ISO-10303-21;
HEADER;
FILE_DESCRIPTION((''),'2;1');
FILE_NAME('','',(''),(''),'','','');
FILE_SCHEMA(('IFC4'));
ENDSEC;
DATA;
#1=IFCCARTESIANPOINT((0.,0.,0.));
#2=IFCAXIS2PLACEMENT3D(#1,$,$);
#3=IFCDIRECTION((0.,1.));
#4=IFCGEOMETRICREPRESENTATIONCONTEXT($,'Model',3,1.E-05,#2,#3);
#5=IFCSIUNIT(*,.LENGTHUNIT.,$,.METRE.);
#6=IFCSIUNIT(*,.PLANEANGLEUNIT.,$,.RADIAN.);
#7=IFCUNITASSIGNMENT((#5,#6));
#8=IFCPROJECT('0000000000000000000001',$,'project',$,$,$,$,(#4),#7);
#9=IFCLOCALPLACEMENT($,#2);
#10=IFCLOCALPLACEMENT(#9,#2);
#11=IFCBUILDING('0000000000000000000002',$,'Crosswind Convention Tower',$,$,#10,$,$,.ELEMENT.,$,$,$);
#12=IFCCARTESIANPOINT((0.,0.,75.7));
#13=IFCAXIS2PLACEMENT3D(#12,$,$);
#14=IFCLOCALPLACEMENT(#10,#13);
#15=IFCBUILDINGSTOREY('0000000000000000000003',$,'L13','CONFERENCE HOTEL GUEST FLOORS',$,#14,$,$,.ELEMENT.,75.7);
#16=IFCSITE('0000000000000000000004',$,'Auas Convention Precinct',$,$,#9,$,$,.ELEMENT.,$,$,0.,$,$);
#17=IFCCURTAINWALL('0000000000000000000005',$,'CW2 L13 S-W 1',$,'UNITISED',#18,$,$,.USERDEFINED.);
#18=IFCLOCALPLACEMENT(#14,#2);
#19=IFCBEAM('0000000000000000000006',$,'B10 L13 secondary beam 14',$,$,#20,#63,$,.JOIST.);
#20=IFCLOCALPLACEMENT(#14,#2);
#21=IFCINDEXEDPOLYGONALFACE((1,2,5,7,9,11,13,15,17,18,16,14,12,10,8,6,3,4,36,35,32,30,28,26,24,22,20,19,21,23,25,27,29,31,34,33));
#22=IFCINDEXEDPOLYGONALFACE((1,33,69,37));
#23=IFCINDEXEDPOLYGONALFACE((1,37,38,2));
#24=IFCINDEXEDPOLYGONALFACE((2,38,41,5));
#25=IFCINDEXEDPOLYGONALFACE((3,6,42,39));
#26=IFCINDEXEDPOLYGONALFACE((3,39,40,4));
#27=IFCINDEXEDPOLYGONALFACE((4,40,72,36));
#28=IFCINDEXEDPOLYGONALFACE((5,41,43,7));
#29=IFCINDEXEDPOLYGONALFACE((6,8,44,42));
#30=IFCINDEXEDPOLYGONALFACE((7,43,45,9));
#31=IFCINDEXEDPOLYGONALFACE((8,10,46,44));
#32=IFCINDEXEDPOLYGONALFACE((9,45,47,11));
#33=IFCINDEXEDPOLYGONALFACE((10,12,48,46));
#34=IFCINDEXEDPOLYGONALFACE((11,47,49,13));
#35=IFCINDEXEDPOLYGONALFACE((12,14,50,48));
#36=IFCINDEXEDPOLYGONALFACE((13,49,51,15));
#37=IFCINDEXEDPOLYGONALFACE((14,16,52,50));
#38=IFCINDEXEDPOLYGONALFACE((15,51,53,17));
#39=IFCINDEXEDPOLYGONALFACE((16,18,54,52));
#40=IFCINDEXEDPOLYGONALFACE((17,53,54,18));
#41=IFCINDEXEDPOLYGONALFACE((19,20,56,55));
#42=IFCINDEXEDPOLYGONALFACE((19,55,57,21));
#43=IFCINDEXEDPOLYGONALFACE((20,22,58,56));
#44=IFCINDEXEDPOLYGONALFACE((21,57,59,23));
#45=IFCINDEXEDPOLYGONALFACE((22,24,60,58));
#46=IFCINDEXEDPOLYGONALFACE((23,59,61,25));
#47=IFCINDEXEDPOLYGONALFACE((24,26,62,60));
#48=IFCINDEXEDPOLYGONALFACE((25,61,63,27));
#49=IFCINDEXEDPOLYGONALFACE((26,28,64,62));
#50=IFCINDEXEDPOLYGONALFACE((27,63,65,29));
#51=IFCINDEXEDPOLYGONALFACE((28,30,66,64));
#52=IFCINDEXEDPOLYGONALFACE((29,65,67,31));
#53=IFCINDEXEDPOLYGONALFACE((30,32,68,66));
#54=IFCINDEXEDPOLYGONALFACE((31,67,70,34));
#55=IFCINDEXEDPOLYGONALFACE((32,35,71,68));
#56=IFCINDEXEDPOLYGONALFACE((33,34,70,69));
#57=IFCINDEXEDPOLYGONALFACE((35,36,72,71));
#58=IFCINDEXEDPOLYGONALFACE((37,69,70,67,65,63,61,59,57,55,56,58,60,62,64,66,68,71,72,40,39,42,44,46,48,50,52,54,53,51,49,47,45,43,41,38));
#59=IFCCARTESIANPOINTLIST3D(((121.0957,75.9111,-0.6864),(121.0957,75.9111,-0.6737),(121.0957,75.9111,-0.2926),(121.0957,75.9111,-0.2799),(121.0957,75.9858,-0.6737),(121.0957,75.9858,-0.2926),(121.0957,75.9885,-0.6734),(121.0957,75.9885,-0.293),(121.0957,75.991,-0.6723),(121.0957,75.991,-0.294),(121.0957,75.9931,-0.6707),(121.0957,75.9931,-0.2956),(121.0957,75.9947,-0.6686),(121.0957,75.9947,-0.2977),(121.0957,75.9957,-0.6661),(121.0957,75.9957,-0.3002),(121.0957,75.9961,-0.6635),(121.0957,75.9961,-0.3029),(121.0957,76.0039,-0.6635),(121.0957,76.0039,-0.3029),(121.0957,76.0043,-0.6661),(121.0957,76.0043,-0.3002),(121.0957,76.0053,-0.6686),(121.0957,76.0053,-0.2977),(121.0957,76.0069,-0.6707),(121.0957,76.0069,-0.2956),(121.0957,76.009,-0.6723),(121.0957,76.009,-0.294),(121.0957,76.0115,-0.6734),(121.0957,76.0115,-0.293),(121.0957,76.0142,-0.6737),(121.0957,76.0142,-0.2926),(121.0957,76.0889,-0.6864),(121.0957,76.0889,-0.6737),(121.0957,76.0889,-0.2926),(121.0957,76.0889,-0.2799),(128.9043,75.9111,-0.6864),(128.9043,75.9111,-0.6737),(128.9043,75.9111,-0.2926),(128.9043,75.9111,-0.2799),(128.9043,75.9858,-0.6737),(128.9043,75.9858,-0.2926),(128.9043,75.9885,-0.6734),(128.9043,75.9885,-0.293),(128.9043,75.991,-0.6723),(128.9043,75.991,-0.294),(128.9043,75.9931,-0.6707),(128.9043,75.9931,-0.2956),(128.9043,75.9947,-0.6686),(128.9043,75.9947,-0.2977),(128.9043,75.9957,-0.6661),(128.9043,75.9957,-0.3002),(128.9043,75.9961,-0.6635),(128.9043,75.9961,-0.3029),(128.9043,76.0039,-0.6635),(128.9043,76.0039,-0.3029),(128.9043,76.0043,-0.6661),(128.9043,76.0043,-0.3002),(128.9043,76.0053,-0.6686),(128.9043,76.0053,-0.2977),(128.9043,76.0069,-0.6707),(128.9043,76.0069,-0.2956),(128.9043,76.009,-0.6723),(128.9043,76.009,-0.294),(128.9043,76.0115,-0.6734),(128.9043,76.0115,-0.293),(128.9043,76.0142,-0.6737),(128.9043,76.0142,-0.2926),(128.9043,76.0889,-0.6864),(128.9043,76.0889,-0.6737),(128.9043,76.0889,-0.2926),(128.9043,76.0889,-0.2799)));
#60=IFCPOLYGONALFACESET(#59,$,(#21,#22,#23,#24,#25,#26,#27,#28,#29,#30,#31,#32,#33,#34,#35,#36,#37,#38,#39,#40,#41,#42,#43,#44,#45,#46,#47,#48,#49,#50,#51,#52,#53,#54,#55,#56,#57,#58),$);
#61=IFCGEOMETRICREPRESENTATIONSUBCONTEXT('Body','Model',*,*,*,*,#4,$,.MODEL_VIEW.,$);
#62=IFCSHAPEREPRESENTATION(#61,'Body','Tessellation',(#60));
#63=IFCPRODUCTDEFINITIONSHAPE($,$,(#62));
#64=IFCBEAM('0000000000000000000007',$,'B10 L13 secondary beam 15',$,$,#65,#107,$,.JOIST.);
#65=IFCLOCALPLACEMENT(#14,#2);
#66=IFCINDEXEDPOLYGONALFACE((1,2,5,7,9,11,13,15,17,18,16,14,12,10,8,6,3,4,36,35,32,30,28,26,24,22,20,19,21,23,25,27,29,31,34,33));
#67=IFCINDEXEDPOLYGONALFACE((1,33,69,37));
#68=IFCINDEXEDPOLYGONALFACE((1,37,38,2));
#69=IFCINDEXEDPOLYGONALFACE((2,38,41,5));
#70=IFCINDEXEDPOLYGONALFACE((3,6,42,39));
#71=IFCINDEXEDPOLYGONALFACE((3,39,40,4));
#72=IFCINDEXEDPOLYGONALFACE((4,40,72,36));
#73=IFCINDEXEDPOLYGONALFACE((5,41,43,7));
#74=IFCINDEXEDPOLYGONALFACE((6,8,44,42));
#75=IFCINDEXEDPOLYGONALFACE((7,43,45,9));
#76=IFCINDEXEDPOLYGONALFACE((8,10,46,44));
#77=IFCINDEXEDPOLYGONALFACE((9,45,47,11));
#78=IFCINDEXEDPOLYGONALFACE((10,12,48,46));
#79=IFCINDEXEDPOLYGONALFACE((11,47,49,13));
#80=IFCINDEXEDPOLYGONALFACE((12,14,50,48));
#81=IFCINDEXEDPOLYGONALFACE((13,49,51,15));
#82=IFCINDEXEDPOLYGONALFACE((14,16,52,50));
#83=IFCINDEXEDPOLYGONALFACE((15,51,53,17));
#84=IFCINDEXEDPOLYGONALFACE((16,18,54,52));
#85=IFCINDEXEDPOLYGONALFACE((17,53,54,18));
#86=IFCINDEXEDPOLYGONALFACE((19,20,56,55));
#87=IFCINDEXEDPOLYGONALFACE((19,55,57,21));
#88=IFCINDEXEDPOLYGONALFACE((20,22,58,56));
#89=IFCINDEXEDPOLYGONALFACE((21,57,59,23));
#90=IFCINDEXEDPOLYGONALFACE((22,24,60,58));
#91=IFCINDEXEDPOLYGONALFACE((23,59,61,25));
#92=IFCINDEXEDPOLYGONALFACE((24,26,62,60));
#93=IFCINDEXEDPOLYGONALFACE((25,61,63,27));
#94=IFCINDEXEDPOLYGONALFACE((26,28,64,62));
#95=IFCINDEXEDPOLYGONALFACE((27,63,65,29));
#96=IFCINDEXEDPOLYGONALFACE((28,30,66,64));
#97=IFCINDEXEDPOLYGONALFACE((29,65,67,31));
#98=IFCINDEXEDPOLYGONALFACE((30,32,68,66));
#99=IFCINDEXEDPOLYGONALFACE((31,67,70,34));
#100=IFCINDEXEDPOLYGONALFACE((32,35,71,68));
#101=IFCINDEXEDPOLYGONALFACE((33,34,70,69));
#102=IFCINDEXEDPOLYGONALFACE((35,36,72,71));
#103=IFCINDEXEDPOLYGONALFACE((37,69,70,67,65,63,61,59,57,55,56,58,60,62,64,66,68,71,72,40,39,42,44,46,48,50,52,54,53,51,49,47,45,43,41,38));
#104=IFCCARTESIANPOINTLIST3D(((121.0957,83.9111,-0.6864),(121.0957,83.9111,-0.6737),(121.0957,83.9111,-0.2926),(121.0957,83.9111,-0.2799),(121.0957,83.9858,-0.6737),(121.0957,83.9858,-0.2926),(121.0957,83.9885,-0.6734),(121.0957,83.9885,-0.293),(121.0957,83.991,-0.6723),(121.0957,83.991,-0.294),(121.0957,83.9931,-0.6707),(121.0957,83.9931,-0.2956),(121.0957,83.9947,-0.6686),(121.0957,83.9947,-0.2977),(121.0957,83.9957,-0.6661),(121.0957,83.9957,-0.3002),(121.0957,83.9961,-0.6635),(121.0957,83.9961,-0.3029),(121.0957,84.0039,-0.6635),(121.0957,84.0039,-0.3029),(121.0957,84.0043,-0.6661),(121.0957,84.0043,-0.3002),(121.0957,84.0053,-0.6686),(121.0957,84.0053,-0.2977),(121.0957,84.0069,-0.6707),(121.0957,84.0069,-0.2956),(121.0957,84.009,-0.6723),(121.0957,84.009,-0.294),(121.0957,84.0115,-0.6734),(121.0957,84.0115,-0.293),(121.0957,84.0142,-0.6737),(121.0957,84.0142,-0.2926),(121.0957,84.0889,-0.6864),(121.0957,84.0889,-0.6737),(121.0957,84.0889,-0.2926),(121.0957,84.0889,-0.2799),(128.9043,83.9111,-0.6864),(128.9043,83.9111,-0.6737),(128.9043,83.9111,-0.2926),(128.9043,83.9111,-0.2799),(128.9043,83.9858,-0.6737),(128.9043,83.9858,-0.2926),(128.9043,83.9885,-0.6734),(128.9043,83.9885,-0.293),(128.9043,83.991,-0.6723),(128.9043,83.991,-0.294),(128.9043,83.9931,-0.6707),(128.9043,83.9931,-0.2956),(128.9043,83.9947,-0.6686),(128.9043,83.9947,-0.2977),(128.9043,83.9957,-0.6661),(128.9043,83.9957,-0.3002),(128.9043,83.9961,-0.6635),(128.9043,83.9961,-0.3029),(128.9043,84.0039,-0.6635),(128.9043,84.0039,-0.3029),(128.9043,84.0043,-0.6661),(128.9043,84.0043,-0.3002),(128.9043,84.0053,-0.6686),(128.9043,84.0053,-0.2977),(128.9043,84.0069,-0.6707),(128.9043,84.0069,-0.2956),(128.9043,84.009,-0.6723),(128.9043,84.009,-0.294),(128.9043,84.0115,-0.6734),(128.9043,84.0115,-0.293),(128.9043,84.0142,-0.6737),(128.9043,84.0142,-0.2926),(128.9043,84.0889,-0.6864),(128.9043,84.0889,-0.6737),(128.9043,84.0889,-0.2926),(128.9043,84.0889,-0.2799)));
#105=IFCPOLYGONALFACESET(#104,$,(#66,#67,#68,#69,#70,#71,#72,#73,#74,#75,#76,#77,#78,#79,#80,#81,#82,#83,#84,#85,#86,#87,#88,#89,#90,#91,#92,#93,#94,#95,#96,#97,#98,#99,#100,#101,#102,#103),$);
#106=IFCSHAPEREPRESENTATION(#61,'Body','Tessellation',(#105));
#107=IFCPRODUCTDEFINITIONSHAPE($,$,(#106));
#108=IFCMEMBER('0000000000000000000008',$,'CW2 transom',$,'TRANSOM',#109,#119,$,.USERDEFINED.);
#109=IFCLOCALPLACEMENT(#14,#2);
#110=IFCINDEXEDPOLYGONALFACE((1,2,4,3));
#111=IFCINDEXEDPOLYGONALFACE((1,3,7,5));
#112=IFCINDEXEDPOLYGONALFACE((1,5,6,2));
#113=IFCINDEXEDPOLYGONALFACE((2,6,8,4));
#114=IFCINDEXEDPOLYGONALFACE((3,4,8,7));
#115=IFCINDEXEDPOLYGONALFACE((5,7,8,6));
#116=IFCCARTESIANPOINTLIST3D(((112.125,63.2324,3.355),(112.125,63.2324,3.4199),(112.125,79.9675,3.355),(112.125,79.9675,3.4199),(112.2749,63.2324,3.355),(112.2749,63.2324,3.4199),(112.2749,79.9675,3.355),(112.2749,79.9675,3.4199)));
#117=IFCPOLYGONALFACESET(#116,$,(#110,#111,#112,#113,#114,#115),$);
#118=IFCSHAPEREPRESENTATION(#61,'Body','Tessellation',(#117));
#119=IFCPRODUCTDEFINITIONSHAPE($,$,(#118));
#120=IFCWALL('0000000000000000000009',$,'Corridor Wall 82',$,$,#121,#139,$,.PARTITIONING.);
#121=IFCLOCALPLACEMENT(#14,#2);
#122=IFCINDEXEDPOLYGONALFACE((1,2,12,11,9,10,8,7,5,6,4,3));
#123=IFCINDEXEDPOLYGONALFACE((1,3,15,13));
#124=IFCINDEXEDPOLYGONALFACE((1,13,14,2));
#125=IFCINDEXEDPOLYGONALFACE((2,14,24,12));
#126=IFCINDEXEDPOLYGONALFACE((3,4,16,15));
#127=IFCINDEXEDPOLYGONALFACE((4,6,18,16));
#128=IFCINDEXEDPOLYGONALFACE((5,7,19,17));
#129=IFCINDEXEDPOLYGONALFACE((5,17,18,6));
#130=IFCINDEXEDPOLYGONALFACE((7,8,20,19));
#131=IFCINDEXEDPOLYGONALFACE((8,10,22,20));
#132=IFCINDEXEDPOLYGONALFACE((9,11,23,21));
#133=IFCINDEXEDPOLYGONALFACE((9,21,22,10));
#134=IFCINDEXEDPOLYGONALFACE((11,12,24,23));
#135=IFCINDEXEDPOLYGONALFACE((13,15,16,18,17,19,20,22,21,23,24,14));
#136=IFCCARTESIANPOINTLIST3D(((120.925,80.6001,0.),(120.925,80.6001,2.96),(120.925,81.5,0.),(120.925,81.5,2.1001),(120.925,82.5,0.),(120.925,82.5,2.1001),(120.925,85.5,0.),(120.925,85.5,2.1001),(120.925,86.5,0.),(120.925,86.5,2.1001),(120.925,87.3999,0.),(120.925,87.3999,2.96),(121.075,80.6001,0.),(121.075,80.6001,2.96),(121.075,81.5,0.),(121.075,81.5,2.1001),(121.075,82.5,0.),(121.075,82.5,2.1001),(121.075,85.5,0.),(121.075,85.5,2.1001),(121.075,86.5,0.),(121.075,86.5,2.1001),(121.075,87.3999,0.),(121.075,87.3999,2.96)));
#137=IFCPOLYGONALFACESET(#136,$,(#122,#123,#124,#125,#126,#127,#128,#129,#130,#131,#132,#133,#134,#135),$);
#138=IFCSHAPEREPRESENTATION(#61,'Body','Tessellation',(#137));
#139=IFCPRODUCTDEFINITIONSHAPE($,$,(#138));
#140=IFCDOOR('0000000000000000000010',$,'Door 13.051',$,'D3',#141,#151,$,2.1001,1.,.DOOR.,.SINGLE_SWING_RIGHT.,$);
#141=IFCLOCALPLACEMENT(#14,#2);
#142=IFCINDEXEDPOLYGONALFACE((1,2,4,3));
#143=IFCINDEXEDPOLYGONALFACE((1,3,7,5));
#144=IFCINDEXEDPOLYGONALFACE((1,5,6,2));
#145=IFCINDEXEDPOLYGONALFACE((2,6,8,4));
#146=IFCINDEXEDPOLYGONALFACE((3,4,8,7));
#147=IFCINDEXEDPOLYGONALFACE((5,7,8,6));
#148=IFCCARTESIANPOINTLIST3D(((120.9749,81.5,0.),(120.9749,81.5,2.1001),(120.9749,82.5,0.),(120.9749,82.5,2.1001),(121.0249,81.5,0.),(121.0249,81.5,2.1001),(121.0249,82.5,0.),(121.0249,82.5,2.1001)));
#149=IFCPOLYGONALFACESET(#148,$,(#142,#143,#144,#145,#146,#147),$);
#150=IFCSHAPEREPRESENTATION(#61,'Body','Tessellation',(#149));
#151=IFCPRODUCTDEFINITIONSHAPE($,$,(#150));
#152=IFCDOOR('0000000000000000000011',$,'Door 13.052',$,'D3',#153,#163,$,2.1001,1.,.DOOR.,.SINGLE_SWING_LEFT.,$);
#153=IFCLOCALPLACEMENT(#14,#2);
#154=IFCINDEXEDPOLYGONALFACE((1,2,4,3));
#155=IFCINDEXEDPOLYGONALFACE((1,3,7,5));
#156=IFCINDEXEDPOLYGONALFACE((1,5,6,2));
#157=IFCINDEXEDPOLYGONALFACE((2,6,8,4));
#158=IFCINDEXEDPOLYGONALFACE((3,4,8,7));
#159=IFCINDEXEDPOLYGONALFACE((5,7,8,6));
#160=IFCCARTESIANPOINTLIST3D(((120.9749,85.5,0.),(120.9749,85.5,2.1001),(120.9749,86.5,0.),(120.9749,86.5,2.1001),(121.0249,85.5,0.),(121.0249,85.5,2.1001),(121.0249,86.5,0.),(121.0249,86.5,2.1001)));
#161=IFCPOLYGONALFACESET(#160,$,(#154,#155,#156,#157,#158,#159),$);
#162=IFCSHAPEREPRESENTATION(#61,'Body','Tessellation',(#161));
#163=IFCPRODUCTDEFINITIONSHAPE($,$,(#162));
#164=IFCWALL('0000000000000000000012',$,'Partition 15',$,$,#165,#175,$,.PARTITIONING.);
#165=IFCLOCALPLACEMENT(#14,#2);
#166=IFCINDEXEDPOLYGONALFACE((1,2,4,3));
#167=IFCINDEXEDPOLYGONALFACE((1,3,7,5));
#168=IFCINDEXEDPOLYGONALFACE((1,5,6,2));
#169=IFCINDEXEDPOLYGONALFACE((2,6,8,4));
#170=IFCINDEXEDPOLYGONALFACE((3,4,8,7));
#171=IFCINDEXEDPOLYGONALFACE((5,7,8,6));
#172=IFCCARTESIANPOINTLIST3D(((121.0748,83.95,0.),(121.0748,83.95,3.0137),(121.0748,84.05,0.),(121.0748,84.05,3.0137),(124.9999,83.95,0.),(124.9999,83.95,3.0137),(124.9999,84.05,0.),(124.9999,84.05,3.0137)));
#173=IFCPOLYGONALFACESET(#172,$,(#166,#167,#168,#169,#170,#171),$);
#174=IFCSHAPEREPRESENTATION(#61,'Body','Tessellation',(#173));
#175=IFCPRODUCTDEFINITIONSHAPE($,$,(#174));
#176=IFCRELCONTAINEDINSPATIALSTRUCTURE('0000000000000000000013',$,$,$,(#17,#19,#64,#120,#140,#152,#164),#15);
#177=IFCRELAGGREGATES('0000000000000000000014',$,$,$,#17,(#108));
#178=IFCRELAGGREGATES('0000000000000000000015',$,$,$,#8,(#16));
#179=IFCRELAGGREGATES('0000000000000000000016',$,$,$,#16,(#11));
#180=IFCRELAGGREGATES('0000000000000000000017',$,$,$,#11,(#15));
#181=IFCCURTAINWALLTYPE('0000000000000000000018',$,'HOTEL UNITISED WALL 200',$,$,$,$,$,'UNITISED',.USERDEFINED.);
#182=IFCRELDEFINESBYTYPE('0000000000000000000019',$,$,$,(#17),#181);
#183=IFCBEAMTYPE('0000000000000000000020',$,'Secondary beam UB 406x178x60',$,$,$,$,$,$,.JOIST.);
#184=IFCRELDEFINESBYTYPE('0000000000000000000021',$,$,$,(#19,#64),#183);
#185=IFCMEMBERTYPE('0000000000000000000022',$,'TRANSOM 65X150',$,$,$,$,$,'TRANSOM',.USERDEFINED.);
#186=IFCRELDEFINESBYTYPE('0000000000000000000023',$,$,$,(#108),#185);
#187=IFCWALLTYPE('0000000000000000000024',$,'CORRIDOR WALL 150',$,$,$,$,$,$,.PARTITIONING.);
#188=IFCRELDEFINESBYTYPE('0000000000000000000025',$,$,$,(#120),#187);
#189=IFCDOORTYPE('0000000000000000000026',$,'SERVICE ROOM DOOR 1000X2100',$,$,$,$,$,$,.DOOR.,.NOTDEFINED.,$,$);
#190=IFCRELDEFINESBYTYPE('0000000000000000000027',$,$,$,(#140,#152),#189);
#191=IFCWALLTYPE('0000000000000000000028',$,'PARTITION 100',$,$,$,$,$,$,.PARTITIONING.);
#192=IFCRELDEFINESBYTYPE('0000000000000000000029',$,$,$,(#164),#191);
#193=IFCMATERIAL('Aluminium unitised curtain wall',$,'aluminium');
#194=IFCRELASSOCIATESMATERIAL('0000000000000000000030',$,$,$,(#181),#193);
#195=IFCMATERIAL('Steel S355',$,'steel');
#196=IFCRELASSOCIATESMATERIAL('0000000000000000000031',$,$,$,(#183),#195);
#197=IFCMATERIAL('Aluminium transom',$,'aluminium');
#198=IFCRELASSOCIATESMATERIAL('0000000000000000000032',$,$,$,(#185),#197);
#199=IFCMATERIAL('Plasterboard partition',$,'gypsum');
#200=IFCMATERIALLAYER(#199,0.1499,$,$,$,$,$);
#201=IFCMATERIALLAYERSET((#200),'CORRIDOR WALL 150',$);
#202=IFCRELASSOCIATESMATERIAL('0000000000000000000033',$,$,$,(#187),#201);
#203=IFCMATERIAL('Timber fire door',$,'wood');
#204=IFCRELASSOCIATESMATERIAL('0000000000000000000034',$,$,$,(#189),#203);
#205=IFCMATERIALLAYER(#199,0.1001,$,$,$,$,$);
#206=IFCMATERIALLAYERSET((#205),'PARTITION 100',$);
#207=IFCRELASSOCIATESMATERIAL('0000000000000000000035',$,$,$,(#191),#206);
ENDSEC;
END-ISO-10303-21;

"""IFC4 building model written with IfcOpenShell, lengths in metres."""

from ifc_helpers import new_model, si_unit, direction, frame, frame_2d, origin, origin_2d, place, context, subcontext, project, spatial, rectangle, i_section, extrude, material, layer, layer_set, material_profile, profile_set, type_object, element, fill, aggregate, save


model = new_model("IFC4")

# Units and contexts
model_context = context("Model", 3, precision=1e-05, world=origin(), true_north=direction((0.0, 1.0)))
body_context = subcontext(model_context, "Body", "Model", "MODEL_VIEW")
ifc_project = project(units=[si_unit("LENGTHUNIT", "METRE"), si_unit("PLANEANGLEUNIT", "RADIAN")], contexts=[model_context])

# Site, building, storey
site_placement = place(None, origin())
site = spatial("IfcSite", under=ifc_project, at=site_placement, Name="Auas Convention Precinct", CompositionType="ELEMENT", RefElevation=0.0)
building_placement = place(site_placement, origin())
building = spatial("IfcBuilding", under=site, at=building_placement, Name="Crosswind Convention Tower", CompositionType="ELEMENT")
storey_placement = place(building_placement, frame((0.0, 0.0, 75.7)))
storey = spatial("IfcBuildingStorey", under=building, at=storey_placement, Name="L13", Description="CONFERENCE HOTEL GUEST FLOORS", CompositionType="ELEMENT", Elevation=75.7)

# Shared definitions
ifc_material_1 = material(Name="Steel S355", Category="steel")

# Curtain wall
ifc_material_2 = material(Name="Aluminium unitised curtain wall", Category="aluminium")
curtain_wall_type = type_object("IfcCurtainWallType", Name="HOTEL UNITISED WALL 200", ElementType="UNITISED", PredefinedType="USERDEFINED", material=ifc_material_2)
curtain_wall_placement = place(storey_placement, origin())
curtain_wall = element("IfcCurtainWall", 1, at=curtain_wall_placement, inside=storey, type_object=curtain_wall_type, Name="CW2 L13 S-W 1", ObjectType="UNITISED", PredefinedType="USERDEFINED")

# Beams
ifc_material_profile_1 = material_profile(ifc_material_1, i_section(OverallWidth=0.1777, OverallDepth=0.4065, WebThickness=0.0078, FlangeThickness=0.0127, FilletRadius=0.0103, at=origin_2d()), Name="UB 406x178x60")
ifc_profile_set_1 = profile_set([ifc_material_profile_1], Name="Steel S355")
beam_type_1 = type_object("IfcBeamType", Name="Secondary beam UB 406x178x60", PredefinedType="JOIST", material=ifc_profile_set_1)
for number, where, z_axis, x_axis, name in (
    (2, (121.0957, 76.0, -0.4832), (1.0, 0.0, 0.0), (0.0, 1.0, 0.0), "B10 L13 secondary beam 14"),
    (3, (121.0957, 84.0, -0.4832), (1.0, 0.0, 0.0), (0.0, 1.0, 0.0), "B10 L13 secondary beam 15"),
):
    element("IfcBeam", number, at=place(storey_placement, frame(where, z_axis=z_axis, x_axis=x_axis)), inside=storey, type_object=beam_type_1, Name=name, PredefinedType="JOIST", context=body_context, shape_type="SweptSolid", body=[
        extrude(i_section(OverallWidth=0.1777, OverallDepth=0.4065, WebThickness=0.0078, FlangeThickness=0.0127, FilletRadius=0.0103, at=origin_2d()), origin(), (0.0, 0.0, 1.0), 7.8086),
    ])

# Member
ifc_material_3 = material(Name="Aluminium transom", Category="aluminium")
ifc_material_profile_2 = material_profile(ifc_material_3, rectangle(XDim=0.1499, YDim=0.0649, at=origin_2d()), Name="AL 150X65")
ifc_profile_set_2 = profile_set([ifc_material_profile_2], Name="Aluminium transom")
member_type_1 = type_object("IfcMemberType", Name="TRANSOM 65X150", ElementType="TRANSOM", PredefinedType="USERDEFINED", material=ifc_profile_set_2)
member_1_placement = place(storey_placement, frame((112.2, 79.9675, 3.3875), z_axis=(0.0, -1.0, 0.0), x_axis=(1.0, 0.0, 0.0)))
member_1 = element("IfcMember", 4, at=member_1_placement, type_object=member_type_1, Name="CW2 transom", ObjectType="TRANSOM", PredefinedType="USERDEFINED", context=body_context, shape_type="SweptSolid", body=[
    extrude(rectangle(XDim=0.1499, YDim=0.0649, at=origin_2d()), origin(), (0.0, 0.0, 1.0), 16.7351),
])
aggregate(curtain_wall, [member_1])

# Wall, openings, doors
ifc_material_4 = material(Name="Plasterboard partition", Category="gypsum")
ifc_layer_1 = layer(ifc_material_4, 0.1499)
ifc_layer_set_1 = layer_set([ifc_layer_1], Name="CORRIDOR WALL 150")
wall_type_1 = type_object("IfcWallType", Name="CORRIDOR WALL 150", PredefinedType="PARTITIONING", material=ifc_layer_set_1)
wall_1_placement = place(storey_placement, frame((121.0, 80.6001, 0.0), z_axis=(0.0, 0.0, 1.0), x_axis=(0.0, 1.0, 0.0)))
wall_1 = element("IfcWall", 5, at=wall_1_placement, inside=storey, type_object=wall_type_1, Name="Corridor Wall 82", PredefinedType="PARTITIONING", context=body_context, shape_type="SweptSolid", body=[
    extrude(rectangle(XDim=6.7998, YDim=0.1499, at=frame_2d((3.3999, 0.0))), origin(), (0.0, 0.0, 1.0), 2.96),
])
opening_1_placement = place(wall_1_placement, frame((0.8999, 0.0, 0.0)))
opening_1 = element("IfcOpeningElement", 6, at=opening_1_placement, cuts=wall_1, PredefinedType="OPENING", context=body_context, shape_type="SweptSolid", body=[
    extrude(rectangle(XDim=1.0, YDim=2.1001, at=frame_2d((0.5, 1.05))), frame((0.0, 0.085, 0.0), z_axis=(0.0, -1.0, 0.0), x_axis=(1.0, 0.0, 0.0)), (0.0, 0.0, 1.0), 0.1699),
])
opening_2_placement = place(wall_1_placement, frame((4.8999, 0.0, 0.0)))
opening_2 = element("IfcOpeningElement", 7, at=opening_2_placement, cuts=wall_1, PredefinedType="OPENING", context=body_context, shape_type="SweptSolid", body=[
    extrude(rectangle(XDim=1.0, YDim=2.1001, at=frame_2d((0.5, 1.05))), frame((0.0, 0.085, 0.0), z_axis=(0.0, -1.0, 0.0), x_axis=(1.0, 0.0, 0.0)), (0.0, 0.0, 1.0), 0.1699),
])
ifc_material_5 = material(Name="Timber fire door", Category="wood")
door_type_1 = type_object("IfcDoorType", Name="SERVICE ROOM DOOR 1000X2100", OperationType="NOTDEFINED", PredefinedType="DOOR", material=ifc_material_5)
door_1_placement = place(opening_1_placement, frame((1.0, 0.0, 0.0), z_axis=(0.0, 0.0, 1.0), x_axis=(-1.0, 0.0, 0.0)))
door_1 = element("IfcDoor", 8, at=door_1_placement, inside=storey, type_object=door_type_1, Name="Door 13.051", ObjectType="D3", OperationType="SINGLE_SWING_RIGHT", OverallHeight=2.1001, OverallWidth=1.0, PredefinedType="DOOR", context=body_context, shape_type="SweptSolid", body=[
    extrude(rectangle(XDim=1.0, YDim=2.1001, at=frame_2d((0.5, 1.05))), frame((0.0, 0.0249, 0.0), z_axis=(0.0, -1.0, 0.0), x_axis=(1.0, 0.0, 0.0)), (0.0, 0.0, 1.0), 0.05),
])
fill(opening_1, door_1)
door_2_placement = place(opening_2_placement, frame((1.0, 0.0, 0.0), z_axis=(0.0, 0.0, 1.0), x_axis=(-1.0, 0.0, 0.0)))
door_2 = element("IfcDoor", 9, at=door_2_placement, inside=storey, type_object=door_type_1, Name="Door 13.052", ObjectType="D3", OperationType="SINGLE_SWING_LEFT", OverallHeight=2.1001, OverallWidth=1.0, PredefinedType="DOOR", context=body_context, shape_type="SweptSolid", body=[
    extrude(rectangle(XDim=1.0, YDim=2.1001, at=frame_2d((0.5, 1.05))), frame((0.0, 0.0249, 0.0), z_axis=(0.0, -1.0, 0.0), x_axis=(1.0, 0.0, 0.0)), (0.0, 0.0, 1.0), 0.05),
])
fill(opening_2, door_2)

# Wall
ifc_layer_2 = layer(ifc_material_4, 0.1001)
ifc_layer_set_2 = layer_set([ifc_layer_2], Name="PARTITION 100")
wall_type_2 = type_object("IfcWallType", Name="PARTITION 100", PredefinedType="PARTITIONING", material=ifc_layer_set_2)
wall_2_placement = place(storey_placement, frame((121.075, 84.0, 0.0), z_axis=(0.0, 0.0, 1.0), x_axis=(1.0, 0.0, 0.0)))
element("IfcWall", 10, at=wall_2_placement, inside=storey, type_object=wall_type_2, Name="Partition 15", PredefinedType="PARTITIONING", context=body_context, shape_type="SweptSolid", body=[
    extrude(rectangle(XDim=3.925, YDim=0.1001, at=frame_2d((1.9624, 0.0))), origin(), (0.0, 0.0, 1.0), 3.0137),
])

save(model, "model.ifc")
